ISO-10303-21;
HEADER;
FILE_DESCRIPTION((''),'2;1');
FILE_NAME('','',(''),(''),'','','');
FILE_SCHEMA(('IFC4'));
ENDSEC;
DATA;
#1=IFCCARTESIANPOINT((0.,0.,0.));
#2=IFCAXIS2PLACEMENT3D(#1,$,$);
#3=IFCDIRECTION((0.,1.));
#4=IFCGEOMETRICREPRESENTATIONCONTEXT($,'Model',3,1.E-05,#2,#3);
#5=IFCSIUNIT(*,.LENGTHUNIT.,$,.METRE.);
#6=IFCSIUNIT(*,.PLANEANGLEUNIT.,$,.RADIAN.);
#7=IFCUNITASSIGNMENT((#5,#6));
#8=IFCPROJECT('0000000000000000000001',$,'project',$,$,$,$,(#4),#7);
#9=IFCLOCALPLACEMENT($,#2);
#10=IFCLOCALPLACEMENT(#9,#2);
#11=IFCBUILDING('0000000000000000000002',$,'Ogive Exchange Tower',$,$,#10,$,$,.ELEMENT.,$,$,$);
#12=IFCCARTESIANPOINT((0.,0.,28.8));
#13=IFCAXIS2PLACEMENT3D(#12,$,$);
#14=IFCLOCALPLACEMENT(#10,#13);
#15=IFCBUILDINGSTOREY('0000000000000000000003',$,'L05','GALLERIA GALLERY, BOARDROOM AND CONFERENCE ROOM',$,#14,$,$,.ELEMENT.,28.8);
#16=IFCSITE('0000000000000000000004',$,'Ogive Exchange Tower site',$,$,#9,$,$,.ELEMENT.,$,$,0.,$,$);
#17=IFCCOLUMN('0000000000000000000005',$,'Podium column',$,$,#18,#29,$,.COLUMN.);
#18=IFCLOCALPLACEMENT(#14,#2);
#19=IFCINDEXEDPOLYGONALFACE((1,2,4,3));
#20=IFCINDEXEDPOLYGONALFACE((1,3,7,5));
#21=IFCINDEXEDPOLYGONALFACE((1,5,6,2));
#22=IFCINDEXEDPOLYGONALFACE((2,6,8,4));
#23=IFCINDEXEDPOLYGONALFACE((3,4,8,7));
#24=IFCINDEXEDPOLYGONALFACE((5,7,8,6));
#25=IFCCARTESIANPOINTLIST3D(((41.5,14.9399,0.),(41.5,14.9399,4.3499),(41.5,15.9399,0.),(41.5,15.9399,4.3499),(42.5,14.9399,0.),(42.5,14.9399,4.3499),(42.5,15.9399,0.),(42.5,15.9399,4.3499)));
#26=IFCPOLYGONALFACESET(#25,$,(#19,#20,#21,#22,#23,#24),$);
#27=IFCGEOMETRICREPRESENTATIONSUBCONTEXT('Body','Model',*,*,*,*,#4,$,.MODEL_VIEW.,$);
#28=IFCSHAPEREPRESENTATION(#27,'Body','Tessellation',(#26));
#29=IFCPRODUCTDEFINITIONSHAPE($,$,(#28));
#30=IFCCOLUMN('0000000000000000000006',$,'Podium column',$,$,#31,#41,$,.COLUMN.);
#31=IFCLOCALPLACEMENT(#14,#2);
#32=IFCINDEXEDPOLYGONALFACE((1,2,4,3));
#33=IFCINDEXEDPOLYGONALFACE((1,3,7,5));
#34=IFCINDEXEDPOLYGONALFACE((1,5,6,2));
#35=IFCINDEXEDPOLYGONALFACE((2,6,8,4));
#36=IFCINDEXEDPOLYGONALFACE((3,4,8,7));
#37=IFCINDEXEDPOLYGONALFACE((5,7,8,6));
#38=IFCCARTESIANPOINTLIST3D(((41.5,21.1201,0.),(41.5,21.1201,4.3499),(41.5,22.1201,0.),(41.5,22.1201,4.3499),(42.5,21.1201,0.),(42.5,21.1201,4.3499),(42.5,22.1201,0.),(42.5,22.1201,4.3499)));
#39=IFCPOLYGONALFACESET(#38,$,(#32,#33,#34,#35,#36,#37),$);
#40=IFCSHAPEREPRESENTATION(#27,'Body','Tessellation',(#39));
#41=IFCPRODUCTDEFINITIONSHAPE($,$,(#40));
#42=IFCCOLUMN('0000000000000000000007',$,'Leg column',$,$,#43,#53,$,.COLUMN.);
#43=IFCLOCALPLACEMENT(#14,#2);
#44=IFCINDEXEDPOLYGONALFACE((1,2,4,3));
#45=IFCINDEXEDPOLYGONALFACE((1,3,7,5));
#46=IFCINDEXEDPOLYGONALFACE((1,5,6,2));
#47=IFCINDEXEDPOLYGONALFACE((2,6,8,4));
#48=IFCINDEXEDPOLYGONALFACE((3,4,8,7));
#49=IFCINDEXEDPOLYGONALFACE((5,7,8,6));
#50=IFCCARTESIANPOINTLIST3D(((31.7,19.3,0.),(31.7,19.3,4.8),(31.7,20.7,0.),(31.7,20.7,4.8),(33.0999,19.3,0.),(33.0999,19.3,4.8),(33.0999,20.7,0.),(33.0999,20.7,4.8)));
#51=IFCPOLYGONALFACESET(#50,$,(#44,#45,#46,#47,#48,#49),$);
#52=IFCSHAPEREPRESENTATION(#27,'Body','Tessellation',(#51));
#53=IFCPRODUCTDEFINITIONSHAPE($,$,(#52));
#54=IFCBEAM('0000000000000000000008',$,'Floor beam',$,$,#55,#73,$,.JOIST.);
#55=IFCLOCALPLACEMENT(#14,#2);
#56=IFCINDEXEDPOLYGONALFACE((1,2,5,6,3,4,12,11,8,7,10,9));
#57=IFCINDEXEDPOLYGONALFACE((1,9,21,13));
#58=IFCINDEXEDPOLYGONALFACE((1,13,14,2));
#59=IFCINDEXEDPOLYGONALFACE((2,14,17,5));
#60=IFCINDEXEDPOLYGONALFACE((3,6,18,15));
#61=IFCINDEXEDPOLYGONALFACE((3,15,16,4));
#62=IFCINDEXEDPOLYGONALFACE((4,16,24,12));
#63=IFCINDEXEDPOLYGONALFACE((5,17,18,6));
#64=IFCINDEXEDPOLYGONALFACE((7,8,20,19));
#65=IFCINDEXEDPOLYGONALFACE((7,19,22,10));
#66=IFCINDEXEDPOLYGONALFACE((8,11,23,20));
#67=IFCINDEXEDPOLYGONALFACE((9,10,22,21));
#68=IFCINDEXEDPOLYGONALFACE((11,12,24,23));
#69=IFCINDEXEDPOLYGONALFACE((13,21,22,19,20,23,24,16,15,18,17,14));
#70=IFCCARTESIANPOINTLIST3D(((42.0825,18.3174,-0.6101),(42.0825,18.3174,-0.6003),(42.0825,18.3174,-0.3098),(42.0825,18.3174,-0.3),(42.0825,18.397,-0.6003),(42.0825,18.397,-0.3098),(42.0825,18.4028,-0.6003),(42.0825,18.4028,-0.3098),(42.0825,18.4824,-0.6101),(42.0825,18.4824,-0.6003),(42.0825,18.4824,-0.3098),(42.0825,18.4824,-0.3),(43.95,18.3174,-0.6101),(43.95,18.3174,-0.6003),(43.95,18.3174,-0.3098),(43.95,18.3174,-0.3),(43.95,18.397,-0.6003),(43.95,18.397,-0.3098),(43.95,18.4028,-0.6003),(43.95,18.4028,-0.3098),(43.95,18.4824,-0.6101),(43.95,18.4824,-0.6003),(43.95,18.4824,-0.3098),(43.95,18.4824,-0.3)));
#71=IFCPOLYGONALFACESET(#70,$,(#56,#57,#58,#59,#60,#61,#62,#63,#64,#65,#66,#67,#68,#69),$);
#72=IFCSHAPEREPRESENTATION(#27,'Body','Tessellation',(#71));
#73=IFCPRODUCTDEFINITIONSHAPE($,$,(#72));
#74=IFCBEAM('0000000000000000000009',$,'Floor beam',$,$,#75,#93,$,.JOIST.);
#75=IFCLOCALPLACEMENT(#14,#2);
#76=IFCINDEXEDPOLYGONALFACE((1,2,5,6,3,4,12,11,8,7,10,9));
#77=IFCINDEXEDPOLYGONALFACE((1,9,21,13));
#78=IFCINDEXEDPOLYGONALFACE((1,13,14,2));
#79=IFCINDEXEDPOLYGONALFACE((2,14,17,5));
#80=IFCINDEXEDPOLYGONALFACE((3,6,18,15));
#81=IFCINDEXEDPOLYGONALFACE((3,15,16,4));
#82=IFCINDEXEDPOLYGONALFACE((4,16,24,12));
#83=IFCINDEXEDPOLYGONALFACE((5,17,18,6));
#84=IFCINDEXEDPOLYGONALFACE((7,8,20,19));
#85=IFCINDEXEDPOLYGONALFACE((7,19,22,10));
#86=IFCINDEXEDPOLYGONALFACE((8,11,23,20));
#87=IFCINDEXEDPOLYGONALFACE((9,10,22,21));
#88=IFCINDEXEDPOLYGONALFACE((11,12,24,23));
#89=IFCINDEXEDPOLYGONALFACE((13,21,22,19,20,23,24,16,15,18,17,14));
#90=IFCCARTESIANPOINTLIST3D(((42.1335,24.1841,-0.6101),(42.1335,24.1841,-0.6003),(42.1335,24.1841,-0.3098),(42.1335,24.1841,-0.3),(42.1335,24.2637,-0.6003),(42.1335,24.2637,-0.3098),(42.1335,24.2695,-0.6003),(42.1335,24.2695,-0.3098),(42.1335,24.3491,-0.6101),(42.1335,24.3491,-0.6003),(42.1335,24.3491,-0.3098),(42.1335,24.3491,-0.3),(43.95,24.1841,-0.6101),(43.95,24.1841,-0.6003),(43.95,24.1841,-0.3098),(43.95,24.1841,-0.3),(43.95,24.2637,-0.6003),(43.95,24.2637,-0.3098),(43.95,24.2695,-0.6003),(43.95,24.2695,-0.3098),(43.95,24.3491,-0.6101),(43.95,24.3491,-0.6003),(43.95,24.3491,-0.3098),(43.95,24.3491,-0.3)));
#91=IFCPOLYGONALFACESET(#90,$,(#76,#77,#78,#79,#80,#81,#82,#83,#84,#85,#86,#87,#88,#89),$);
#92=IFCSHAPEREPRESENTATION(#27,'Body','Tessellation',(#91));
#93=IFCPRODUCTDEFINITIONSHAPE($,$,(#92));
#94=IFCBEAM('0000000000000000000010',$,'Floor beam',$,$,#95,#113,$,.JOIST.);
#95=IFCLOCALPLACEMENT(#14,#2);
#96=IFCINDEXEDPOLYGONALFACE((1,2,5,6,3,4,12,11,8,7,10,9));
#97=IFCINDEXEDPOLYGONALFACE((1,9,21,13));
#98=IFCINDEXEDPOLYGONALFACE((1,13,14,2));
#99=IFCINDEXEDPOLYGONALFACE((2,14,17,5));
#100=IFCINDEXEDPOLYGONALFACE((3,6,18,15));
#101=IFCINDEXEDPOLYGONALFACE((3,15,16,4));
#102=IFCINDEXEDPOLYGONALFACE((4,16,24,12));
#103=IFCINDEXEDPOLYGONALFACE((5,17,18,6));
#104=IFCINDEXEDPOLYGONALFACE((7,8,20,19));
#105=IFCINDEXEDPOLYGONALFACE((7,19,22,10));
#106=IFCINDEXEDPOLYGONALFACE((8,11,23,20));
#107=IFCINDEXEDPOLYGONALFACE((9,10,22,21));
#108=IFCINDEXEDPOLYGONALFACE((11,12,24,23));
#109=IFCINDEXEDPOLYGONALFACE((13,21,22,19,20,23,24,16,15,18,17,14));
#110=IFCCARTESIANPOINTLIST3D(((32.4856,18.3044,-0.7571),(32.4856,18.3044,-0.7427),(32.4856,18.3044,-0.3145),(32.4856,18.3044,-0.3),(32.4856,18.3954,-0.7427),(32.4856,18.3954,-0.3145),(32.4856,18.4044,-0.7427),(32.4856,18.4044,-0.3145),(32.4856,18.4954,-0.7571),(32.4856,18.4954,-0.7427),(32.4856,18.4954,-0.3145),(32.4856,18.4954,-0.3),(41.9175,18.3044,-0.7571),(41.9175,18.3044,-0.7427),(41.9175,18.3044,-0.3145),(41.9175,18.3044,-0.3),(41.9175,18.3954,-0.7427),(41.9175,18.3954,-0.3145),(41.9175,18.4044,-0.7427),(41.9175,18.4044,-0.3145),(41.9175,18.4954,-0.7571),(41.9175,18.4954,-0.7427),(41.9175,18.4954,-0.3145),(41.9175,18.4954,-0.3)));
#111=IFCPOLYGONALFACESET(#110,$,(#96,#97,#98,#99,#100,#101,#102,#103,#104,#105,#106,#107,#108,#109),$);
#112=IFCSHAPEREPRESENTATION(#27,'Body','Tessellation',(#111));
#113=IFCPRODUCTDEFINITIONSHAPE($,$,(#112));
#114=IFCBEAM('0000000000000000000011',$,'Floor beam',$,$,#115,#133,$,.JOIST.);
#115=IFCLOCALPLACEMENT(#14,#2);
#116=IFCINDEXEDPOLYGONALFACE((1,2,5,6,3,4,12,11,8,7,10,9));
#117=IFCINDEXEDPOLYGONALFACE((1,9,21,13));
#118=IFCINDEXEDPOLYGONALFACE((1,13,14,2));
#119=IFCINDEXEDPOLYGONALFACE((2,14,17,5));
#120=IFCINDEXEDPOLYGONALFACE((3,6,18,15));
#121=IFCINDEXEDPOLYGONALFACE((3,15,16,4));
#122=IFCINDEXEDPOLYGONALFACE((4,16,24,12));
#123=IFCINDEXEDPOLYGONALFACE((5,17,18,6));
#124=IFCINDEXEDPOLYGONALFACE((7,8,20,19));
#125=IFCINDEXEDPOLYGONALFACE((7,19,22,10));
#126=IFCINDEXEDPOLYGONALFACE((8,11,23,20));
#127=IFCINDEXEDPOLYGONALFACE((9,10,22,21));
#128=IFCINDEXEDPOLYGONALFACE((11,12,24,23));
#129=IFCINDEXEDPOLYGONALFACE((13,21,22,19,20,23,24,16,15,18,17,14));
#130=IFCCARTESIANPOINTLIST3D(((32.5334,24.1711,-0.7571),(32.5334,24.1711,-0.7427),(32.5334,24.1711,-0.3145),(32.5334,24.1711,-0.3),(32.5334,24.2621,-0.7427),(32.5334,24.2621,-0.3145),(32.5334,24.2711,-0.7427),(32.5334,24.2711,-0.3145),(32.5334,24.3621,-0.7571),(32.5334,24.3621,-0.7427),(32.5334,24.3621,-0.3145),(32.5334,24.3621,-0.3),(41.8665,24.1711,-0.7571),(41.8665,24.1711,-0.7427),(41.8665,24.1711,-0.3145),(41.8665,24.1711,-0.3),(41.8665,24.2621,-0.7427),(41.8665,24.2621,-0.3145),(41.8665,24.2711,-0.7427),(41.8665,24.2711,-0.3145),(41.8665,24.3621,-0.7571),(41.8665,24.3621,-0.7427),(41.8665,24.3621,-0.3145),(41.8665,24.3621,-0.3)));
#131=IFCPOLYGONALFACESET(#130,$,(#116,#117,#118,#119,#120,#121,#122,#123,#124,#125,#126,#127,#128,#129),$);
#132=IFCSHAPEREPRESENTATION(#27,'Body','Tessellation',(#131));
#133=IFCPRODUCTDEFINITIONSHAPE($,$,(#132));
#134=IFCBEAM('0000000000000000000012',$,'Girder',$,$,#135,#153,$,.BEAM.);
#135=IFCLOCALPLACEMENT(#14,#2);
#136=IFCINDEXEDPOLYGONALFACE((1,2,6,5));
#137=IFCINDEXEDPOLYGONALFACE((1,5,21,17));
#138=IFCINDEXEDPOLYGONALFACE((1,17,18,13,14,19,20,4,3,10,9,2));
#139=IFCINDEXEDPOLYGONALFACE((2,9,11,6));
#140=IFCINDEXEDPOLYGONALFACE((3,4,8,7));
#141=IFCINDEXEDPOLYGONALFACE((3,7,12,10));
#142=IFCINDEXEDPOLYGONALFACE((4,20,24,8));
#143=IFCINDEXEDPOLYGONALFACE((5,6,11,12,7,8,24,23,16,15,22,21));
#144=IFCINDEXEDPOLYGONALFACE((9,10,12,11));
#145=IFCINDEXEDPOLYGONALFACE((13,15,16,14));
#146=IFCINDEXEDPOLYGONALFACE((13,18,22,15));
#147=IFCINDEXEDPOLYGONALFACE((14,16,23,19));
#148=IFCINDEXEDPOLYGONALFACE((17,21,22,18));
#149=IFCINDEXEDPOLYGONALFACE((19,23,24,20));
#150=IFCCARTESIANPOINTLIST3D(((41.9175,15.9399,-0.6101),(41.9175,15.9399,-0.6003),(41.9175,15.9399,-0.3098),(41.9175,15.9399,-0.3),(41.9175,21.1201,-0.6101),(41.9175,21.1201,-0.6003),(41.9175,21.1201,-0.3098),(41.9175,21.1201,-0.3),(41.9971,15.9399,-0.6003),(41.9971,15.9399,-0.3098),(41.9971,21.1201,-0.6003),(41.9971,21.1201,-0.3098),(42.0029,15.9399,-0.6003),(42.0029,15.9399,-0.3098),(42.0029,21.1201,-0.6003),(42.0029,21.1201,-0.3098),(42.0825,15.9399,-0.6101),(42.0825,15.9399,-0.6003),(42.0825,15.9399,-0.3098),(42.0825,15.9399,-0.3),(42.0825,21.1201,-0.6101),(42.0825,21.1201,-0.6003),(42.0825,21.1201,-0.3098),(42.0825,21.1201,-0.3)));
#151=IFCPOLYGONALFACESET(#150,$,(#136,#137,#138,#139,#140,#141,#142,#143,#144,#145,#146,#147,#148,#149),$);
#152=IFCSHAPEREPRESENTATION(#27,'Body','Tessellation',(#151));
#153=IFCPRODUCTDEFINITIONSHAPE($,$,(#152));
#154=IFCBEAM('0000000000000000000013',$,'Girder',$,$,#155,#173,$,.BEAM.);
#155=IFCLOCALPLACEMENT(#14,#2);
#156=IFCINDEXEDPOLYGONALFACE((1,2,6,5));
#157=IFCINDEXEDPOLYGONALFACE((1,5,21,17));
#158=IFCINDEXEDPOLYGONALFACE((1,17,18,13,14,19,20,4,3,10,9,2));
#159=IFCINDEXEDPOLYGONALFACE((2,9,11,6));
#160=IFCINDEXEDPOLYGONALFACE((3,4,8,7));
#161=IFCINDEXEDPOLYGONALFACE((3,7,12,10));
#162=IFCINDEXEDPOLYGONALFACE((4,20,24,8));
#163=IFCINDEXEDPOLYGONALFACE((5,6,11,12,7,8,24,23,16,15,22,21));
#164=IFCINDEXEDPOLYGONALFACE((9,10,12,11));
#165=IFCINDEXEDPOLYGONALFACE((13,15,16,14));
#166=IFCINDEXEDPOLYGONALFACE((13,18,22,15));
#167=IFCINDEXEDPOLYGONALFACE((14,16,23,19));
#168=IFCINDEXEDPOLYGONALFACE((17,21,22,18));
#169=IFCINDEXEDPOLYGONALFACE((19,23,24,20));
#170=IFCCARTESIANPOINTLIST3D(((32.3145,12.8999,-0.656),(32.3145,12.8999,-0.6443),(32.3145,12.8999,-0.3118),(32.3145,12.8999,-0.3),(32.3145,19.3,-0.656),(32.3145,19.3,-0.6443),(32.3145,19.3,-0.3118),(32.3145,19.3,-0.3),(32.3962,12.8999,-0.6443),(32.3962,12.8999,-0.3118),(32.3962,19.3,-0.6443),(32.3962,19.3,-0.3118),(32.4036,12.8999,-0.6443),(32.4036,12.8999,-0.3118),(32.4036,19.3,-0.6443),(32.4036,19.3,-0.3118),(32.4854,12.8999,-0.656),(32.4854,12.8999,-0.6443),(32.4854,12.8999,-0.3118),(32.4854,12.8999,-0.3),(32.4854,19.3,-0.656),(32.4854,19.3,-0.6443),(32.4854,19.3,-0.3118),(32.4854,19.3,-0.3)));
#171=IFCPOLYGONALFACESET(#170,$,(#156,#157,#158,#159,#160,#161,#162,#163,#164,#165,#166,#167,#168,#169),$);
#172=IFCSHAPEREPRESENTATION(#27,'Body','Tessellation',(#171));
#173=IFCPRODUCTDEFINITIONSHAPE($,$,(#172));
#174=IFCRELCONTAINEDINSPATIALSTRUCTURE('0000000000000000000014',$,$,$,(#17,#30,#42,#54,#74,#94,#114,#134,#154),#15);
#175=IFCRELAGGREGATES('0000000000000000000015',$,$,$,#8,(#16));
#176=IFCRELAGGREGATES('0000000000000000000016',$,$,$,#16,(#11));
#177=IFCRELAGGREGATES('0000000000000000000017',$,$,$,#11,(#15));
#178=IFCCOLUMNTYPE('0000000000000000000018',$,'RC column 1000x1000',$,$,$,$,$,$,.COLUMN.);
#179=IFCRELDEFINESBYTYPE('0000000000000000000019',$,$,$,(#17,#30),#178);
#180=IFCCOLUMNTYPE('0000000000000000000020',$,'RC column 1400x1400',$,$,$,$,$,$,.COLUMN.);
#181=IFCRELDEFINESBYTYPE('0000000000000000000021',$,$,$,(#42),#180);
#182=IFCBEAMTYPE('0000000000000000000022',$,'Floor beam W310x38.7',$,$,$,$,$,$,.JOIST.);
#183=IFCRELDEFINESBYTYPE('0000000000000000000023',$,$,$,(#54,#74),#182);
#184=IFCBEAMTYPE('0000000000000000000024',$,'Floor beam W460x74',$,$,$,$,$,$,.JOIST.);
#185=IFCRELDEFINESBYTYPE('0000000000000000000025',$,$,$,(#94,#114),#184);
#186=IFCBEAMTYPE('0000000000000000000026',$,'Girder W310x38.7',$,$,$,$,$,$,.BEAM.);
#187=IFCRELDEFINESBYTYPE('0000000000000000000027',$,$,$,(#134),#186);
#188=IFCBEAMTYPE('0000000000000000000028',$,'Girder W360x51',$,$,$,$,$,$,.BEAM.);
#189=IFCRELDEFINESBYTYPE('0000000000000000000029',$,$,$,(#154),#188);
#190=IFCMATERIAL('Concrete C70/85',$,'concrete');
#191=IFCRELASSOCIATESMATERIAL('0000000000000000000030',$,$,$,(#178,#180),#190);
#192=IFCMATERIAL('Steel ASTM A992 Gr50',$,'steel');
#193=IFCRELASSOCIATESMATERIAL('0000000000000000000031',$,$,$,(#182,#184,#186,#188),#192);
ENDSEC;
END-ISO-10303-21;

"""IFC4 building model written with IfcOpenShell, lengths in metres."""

from ifc_helpers import new_model, si_unit, direction, frame, origin, origin_2d, place, context, subcontext, project, spatial, rectangle, i_section, extrude, material, material_profile, profile_set, type_object, element, save


model = new_model("IFC4")

# Units and contexts
model_context = context("Model", 3, precision=1e-05, world=origin(), true_north=direction((0.0, 1.0)))
body_context = subcontext(model_context, "Body", "Model", "MODEL_VIEW")
ifc_project = project(units=[si_unit("LENGTHUNIT", "METRE"), si_unit("PLANEANGLEUNIT", "RADIAN")], contexts=[model_context])

# Site, building, storey
site_placement = place(None, origin())
site = spatial("IfcSite", under=ifc_project, at=site_placement, Name="Ogive Exchange Tower site", CompositionType="ELEMENT", RefElevation=0.0)
building_placement = place(site_placement, origin())
building = spatial("IfcBuilding", under=site, at=building_placement, Name="Ogive Exchange Tower", CompositionType="ELEMENT")
storey_placement = place(building_placement, frame((0.0, 0.0, 28.8)))
storey = spatial("IfcBuildingStorey", under=building, at=storey_placement, Name="L05", Description="GALLERIA GALLERY, BOARDROOM AND CONFERENCE ROOM", CompositionType="ELEMENT", Elevation=28.8)

# Columns
ifc_material_1 = material(Name="Concrete C70/85", Category="concrete")
ifc_material_profile_1 = material_profile(ifc_material_1, rectangle(XDim=1.0, YDim=1.0, at=origin_2d()), Name="RC 1000x1000")
ifc_profile_set_1 = profile_set([ifc_material_profile_1], Name="Concrete C70/85")
column_type_1 = type_object("IfcColumnType", Name="RC column 1000x1000", PredefinedType="COLUMN", material=ifc_profile_set_1)
for number, where, z_axis, x_axis, name in (
    (1, (42.0, 15.4399, 0.0), (0.0, 0.0, 1.0), (1.0, 0.0, 0.0), "Podium column"),
    (2, (42.0, 21.6201, 0.0), (0.0, 0.0, 1.0), (1.0, 0.0, 0.0), "Podium column"),
):
    element("IfcColumn", number, at=place(storey_placement, frame(where, z_axis=z_axis, x_axis=x_axis)), inside=storey, type_object=column_type_1, Name=name, PredefinedType="COLUMN", context=body_context, shape_type="SweptSolid", body=[
        extrude(rectangle(XDim=1.0, YDim=1.0, at=origin_2d()), origin(), (0.0, 0.0, 1.0), 4.3499),
    ])
ifc_material_profile_2 = material_profile(ifc_material_1, rectangle(XDim=1.3999, YDim=1.3999, at=origin_2d()), Name="RC 1400x1400")
ifc_profile_set_2 = profile_set([ifc_material_profile_2], Name="Concrete C70/85")
column_type_2 = type_object("IfcColumnType", Name="RC column 1400x1400", PredefinedType="COLUMN", material=ifc_profile_set_2)
column_placement = place(storey_placement, frame((32.3999, 20.0, 0.0), z_axis=(0.0, 0.0, 1.0), x_axis=(1.0, 0.0, 0.0)))
element("IfcColumn", 3, at=column_placement, inside=storey, type_object=column_type_2, Name="Leg column", PredefinedType="COLUMN", context=body_context, shape_type="SweptSolid", body=[
    extrude(rectangle(XDim=1.3999, YDim=1.3999, at=origin_2d()), origin(), (0.0, 0.0, 1.0), 4.8),
])

# Beams
ifc_material_2 = material(Name="Steel ASTM A992 Gr50", Category="steel")
ifc_material_profile_3 = material_profile(ifc_material_2, i_section(OverallWidth=0.165, OverallDepth=0.3101, WebThickness=0.0059, FlangeThickness=0.0098, at=origin_2d()), Name="W310x38.7")
ifc_profile_set_3 = profile_set([ifc_material_profile_3], Name="Steel ASTM A992 Gr50")
beam_type_1 = type_object("IfcBeamType", Name="Floor beam W310x38.7", PredefinedType="JOIST", material=ifc_profile_set_3)
beam_1_placement = place(storey_placement, frame((42.0825, 18.3999, -0.4551), z_axis=(1.0, 0.0, 0.0), x_axis=(0.0, 1.0, 0.0)))
element("IfcBeam", 4, at=beam_1_placement, inside=storey, type_object=beam_type_1, Name="Floor beam", PredefinedType="JOIST", context=body_context, shape_type="SweptSolid", body=[
    extrude(i_section(OverallWidth=0.165, OverallDepth=0.3101, WebThickness=0.0059, FlangeThickness=0.0098, at=origin_2d()), origin(), (0.0, 0.0, 1.0), 1.8674),
])
beam_2_placement = place(storey_placement, frame((42.1335, 24.2666, -0.4551), z_axis=(1.0, 0.0, 0.0), x_axis=(0.0, 1.0, 0.0)))
element("IfcBeam", 5, at=beam_2_placement, inside=storey, type_object=beam_type_1, Name="Floor beam", PredefinedType="JOIST", context=body_context, shape_type="SweptSolid", body=[
    extrude(i_section(OverallWidth=0.165, OverallDepth=0.3101, WebThickness=0.0059, FlangeThickness=0.0098, at=origin_2d()), origin(), (0.0, 0.0, 1.0), 1.8164),
])
ifc_material_profile_4 = material_profile(ifc_material_2, i_section(OverallWidth=0.1909, OverallDepth=0.457, WebThickness=0.009, FlangeThickness=0.0144, at=origin_2d()), Name="W460x74")
ifc_profile_set_4 = profile_set([ifc_material_profile_4], Name="Steel ASTM A992 Gr50")
beam_type_2 = type_object("IfcBeamType", Name="Floor beam W460x74", PredefinedType="JOIST", material=ifc_profile_set_4)
beam_3_placement = place(storey_placement, frame((32.4856, 18.3999, -0.5286), z_axis=(1.0, 0.0, 0.0), x_axis=(0.0, 1.0, 0.0)))
element("IfcBeam", 6, at=beam_3_placement, inside=storey, type_object=beam_type_2, Name="Floor beam", PredefinedType="JOIST", context=body_context, shape_type="SweptSolid", body=[
    extrude(i_section(OverallWidth=0.1909, OverallDepth=0.457, WebThickness=0.009, FlangeThickness=0.0144, at=origin_2d()), origin(), (0.0, 0.0, 1.0), 9.4319),
])
beam_4_placement = place(storey_placement, frame((32.5334, 24.2666, -0.5286), z_axis=(1.0, 0.0, 0.0), x_axis=(0.0, 1.0, 0.0)))
element("IfcBeam", 7, at=beam_4_placement, inside=storey, type_object=beam_type_2, Name="Floor beam", PredefinedType="JOIST", context=body_context, shape_type="SweptSolid", body=[
    extrude(i_section(OverallWidth=0.1909, OverallDepth=0.457, WebThickness=0.009, FlangeThickness=0.0144, at=origin_2d()), origin(), (0.0, 0.0, 1.0), 9.333),
])
ifc_material_profile_5 = material_profile(ifc_material_2, i_section(OverallWidth=0.165, OverallDepth=0.3101, WebThickness=0.0059, FlangeThickness=0.0098, at=origin_2d()), Name="W310x38.7")
ifc_profile_set_5 = profile_set([ifc_material_profile_5], Name="Steel ASTM A992 Gr50")
beam_type_3 = type_object("IfcBeamType", Name="Girder W310x38.7", PredefinedType="BEAM", material=ifc_profile_set_5)
beam_5_placement = place(storey_placement, frame((42.0, 15.9399, -0.4551), z_axis=(0.0, 1.0, 0.0), x_axis=(-1.0, 0.0, 0.0)))
element("IfcBeam", 8, at=beam_5_placement, inside=storey, type_object=beam_type_3, Name="Girder", PredefinedType="BEAM", context=body_context, shape_type="SweptSolid", body=[
    extrude(i_section(OverallWidth=0.165, OverallDepth=0.3101, WebThickness=0.0059, FlangeThickness=0.0098, at=origin_2d()), origin(), (0.0, 0.0, 1.0), 5.1802),
])
ifc_material_profile_6 = material_profile(ifc_material_2, i_section(OverallWidth=0.1709, OverallDepth=0.356, WebThickness=0.0073, FlangeThickness=0.0117, at=origin_2d()), Name="W360x51")
ifc_profile_set_6 = profile_set([ifc_material_profile_6], Name="Steel ASTM A992 Gr50")
beam_type_4 = type_object("IfcBeamType", Name="Girder W360x51", PredefinedType="BEAM", material=ifc_profile_set_6)
beam_6_placement = place(storey_placement, frame((32.3999, 12.8999, -0.478), z_axis=(0.0, 1.0, 0.0), x_axis=(-1.0, 0.0, 0.0)))
element("IfcBeam", 9, at=beam_6_placement, inside=storey, type_object=beam_type_4, Name="Girder", PredefinedType="BEAM", context=body_context, shape_type="SweptSolid", body=[
    extrude(i_section(OverallWidth=0.1709, OverallDepth=0.356, WebThickness=0.0073, FlangeThickness=0.0117, at=origin_2d()), origin(), (0.0, 0.0, 1.0), 6.4001),
])

save(model, "model.ifc")
